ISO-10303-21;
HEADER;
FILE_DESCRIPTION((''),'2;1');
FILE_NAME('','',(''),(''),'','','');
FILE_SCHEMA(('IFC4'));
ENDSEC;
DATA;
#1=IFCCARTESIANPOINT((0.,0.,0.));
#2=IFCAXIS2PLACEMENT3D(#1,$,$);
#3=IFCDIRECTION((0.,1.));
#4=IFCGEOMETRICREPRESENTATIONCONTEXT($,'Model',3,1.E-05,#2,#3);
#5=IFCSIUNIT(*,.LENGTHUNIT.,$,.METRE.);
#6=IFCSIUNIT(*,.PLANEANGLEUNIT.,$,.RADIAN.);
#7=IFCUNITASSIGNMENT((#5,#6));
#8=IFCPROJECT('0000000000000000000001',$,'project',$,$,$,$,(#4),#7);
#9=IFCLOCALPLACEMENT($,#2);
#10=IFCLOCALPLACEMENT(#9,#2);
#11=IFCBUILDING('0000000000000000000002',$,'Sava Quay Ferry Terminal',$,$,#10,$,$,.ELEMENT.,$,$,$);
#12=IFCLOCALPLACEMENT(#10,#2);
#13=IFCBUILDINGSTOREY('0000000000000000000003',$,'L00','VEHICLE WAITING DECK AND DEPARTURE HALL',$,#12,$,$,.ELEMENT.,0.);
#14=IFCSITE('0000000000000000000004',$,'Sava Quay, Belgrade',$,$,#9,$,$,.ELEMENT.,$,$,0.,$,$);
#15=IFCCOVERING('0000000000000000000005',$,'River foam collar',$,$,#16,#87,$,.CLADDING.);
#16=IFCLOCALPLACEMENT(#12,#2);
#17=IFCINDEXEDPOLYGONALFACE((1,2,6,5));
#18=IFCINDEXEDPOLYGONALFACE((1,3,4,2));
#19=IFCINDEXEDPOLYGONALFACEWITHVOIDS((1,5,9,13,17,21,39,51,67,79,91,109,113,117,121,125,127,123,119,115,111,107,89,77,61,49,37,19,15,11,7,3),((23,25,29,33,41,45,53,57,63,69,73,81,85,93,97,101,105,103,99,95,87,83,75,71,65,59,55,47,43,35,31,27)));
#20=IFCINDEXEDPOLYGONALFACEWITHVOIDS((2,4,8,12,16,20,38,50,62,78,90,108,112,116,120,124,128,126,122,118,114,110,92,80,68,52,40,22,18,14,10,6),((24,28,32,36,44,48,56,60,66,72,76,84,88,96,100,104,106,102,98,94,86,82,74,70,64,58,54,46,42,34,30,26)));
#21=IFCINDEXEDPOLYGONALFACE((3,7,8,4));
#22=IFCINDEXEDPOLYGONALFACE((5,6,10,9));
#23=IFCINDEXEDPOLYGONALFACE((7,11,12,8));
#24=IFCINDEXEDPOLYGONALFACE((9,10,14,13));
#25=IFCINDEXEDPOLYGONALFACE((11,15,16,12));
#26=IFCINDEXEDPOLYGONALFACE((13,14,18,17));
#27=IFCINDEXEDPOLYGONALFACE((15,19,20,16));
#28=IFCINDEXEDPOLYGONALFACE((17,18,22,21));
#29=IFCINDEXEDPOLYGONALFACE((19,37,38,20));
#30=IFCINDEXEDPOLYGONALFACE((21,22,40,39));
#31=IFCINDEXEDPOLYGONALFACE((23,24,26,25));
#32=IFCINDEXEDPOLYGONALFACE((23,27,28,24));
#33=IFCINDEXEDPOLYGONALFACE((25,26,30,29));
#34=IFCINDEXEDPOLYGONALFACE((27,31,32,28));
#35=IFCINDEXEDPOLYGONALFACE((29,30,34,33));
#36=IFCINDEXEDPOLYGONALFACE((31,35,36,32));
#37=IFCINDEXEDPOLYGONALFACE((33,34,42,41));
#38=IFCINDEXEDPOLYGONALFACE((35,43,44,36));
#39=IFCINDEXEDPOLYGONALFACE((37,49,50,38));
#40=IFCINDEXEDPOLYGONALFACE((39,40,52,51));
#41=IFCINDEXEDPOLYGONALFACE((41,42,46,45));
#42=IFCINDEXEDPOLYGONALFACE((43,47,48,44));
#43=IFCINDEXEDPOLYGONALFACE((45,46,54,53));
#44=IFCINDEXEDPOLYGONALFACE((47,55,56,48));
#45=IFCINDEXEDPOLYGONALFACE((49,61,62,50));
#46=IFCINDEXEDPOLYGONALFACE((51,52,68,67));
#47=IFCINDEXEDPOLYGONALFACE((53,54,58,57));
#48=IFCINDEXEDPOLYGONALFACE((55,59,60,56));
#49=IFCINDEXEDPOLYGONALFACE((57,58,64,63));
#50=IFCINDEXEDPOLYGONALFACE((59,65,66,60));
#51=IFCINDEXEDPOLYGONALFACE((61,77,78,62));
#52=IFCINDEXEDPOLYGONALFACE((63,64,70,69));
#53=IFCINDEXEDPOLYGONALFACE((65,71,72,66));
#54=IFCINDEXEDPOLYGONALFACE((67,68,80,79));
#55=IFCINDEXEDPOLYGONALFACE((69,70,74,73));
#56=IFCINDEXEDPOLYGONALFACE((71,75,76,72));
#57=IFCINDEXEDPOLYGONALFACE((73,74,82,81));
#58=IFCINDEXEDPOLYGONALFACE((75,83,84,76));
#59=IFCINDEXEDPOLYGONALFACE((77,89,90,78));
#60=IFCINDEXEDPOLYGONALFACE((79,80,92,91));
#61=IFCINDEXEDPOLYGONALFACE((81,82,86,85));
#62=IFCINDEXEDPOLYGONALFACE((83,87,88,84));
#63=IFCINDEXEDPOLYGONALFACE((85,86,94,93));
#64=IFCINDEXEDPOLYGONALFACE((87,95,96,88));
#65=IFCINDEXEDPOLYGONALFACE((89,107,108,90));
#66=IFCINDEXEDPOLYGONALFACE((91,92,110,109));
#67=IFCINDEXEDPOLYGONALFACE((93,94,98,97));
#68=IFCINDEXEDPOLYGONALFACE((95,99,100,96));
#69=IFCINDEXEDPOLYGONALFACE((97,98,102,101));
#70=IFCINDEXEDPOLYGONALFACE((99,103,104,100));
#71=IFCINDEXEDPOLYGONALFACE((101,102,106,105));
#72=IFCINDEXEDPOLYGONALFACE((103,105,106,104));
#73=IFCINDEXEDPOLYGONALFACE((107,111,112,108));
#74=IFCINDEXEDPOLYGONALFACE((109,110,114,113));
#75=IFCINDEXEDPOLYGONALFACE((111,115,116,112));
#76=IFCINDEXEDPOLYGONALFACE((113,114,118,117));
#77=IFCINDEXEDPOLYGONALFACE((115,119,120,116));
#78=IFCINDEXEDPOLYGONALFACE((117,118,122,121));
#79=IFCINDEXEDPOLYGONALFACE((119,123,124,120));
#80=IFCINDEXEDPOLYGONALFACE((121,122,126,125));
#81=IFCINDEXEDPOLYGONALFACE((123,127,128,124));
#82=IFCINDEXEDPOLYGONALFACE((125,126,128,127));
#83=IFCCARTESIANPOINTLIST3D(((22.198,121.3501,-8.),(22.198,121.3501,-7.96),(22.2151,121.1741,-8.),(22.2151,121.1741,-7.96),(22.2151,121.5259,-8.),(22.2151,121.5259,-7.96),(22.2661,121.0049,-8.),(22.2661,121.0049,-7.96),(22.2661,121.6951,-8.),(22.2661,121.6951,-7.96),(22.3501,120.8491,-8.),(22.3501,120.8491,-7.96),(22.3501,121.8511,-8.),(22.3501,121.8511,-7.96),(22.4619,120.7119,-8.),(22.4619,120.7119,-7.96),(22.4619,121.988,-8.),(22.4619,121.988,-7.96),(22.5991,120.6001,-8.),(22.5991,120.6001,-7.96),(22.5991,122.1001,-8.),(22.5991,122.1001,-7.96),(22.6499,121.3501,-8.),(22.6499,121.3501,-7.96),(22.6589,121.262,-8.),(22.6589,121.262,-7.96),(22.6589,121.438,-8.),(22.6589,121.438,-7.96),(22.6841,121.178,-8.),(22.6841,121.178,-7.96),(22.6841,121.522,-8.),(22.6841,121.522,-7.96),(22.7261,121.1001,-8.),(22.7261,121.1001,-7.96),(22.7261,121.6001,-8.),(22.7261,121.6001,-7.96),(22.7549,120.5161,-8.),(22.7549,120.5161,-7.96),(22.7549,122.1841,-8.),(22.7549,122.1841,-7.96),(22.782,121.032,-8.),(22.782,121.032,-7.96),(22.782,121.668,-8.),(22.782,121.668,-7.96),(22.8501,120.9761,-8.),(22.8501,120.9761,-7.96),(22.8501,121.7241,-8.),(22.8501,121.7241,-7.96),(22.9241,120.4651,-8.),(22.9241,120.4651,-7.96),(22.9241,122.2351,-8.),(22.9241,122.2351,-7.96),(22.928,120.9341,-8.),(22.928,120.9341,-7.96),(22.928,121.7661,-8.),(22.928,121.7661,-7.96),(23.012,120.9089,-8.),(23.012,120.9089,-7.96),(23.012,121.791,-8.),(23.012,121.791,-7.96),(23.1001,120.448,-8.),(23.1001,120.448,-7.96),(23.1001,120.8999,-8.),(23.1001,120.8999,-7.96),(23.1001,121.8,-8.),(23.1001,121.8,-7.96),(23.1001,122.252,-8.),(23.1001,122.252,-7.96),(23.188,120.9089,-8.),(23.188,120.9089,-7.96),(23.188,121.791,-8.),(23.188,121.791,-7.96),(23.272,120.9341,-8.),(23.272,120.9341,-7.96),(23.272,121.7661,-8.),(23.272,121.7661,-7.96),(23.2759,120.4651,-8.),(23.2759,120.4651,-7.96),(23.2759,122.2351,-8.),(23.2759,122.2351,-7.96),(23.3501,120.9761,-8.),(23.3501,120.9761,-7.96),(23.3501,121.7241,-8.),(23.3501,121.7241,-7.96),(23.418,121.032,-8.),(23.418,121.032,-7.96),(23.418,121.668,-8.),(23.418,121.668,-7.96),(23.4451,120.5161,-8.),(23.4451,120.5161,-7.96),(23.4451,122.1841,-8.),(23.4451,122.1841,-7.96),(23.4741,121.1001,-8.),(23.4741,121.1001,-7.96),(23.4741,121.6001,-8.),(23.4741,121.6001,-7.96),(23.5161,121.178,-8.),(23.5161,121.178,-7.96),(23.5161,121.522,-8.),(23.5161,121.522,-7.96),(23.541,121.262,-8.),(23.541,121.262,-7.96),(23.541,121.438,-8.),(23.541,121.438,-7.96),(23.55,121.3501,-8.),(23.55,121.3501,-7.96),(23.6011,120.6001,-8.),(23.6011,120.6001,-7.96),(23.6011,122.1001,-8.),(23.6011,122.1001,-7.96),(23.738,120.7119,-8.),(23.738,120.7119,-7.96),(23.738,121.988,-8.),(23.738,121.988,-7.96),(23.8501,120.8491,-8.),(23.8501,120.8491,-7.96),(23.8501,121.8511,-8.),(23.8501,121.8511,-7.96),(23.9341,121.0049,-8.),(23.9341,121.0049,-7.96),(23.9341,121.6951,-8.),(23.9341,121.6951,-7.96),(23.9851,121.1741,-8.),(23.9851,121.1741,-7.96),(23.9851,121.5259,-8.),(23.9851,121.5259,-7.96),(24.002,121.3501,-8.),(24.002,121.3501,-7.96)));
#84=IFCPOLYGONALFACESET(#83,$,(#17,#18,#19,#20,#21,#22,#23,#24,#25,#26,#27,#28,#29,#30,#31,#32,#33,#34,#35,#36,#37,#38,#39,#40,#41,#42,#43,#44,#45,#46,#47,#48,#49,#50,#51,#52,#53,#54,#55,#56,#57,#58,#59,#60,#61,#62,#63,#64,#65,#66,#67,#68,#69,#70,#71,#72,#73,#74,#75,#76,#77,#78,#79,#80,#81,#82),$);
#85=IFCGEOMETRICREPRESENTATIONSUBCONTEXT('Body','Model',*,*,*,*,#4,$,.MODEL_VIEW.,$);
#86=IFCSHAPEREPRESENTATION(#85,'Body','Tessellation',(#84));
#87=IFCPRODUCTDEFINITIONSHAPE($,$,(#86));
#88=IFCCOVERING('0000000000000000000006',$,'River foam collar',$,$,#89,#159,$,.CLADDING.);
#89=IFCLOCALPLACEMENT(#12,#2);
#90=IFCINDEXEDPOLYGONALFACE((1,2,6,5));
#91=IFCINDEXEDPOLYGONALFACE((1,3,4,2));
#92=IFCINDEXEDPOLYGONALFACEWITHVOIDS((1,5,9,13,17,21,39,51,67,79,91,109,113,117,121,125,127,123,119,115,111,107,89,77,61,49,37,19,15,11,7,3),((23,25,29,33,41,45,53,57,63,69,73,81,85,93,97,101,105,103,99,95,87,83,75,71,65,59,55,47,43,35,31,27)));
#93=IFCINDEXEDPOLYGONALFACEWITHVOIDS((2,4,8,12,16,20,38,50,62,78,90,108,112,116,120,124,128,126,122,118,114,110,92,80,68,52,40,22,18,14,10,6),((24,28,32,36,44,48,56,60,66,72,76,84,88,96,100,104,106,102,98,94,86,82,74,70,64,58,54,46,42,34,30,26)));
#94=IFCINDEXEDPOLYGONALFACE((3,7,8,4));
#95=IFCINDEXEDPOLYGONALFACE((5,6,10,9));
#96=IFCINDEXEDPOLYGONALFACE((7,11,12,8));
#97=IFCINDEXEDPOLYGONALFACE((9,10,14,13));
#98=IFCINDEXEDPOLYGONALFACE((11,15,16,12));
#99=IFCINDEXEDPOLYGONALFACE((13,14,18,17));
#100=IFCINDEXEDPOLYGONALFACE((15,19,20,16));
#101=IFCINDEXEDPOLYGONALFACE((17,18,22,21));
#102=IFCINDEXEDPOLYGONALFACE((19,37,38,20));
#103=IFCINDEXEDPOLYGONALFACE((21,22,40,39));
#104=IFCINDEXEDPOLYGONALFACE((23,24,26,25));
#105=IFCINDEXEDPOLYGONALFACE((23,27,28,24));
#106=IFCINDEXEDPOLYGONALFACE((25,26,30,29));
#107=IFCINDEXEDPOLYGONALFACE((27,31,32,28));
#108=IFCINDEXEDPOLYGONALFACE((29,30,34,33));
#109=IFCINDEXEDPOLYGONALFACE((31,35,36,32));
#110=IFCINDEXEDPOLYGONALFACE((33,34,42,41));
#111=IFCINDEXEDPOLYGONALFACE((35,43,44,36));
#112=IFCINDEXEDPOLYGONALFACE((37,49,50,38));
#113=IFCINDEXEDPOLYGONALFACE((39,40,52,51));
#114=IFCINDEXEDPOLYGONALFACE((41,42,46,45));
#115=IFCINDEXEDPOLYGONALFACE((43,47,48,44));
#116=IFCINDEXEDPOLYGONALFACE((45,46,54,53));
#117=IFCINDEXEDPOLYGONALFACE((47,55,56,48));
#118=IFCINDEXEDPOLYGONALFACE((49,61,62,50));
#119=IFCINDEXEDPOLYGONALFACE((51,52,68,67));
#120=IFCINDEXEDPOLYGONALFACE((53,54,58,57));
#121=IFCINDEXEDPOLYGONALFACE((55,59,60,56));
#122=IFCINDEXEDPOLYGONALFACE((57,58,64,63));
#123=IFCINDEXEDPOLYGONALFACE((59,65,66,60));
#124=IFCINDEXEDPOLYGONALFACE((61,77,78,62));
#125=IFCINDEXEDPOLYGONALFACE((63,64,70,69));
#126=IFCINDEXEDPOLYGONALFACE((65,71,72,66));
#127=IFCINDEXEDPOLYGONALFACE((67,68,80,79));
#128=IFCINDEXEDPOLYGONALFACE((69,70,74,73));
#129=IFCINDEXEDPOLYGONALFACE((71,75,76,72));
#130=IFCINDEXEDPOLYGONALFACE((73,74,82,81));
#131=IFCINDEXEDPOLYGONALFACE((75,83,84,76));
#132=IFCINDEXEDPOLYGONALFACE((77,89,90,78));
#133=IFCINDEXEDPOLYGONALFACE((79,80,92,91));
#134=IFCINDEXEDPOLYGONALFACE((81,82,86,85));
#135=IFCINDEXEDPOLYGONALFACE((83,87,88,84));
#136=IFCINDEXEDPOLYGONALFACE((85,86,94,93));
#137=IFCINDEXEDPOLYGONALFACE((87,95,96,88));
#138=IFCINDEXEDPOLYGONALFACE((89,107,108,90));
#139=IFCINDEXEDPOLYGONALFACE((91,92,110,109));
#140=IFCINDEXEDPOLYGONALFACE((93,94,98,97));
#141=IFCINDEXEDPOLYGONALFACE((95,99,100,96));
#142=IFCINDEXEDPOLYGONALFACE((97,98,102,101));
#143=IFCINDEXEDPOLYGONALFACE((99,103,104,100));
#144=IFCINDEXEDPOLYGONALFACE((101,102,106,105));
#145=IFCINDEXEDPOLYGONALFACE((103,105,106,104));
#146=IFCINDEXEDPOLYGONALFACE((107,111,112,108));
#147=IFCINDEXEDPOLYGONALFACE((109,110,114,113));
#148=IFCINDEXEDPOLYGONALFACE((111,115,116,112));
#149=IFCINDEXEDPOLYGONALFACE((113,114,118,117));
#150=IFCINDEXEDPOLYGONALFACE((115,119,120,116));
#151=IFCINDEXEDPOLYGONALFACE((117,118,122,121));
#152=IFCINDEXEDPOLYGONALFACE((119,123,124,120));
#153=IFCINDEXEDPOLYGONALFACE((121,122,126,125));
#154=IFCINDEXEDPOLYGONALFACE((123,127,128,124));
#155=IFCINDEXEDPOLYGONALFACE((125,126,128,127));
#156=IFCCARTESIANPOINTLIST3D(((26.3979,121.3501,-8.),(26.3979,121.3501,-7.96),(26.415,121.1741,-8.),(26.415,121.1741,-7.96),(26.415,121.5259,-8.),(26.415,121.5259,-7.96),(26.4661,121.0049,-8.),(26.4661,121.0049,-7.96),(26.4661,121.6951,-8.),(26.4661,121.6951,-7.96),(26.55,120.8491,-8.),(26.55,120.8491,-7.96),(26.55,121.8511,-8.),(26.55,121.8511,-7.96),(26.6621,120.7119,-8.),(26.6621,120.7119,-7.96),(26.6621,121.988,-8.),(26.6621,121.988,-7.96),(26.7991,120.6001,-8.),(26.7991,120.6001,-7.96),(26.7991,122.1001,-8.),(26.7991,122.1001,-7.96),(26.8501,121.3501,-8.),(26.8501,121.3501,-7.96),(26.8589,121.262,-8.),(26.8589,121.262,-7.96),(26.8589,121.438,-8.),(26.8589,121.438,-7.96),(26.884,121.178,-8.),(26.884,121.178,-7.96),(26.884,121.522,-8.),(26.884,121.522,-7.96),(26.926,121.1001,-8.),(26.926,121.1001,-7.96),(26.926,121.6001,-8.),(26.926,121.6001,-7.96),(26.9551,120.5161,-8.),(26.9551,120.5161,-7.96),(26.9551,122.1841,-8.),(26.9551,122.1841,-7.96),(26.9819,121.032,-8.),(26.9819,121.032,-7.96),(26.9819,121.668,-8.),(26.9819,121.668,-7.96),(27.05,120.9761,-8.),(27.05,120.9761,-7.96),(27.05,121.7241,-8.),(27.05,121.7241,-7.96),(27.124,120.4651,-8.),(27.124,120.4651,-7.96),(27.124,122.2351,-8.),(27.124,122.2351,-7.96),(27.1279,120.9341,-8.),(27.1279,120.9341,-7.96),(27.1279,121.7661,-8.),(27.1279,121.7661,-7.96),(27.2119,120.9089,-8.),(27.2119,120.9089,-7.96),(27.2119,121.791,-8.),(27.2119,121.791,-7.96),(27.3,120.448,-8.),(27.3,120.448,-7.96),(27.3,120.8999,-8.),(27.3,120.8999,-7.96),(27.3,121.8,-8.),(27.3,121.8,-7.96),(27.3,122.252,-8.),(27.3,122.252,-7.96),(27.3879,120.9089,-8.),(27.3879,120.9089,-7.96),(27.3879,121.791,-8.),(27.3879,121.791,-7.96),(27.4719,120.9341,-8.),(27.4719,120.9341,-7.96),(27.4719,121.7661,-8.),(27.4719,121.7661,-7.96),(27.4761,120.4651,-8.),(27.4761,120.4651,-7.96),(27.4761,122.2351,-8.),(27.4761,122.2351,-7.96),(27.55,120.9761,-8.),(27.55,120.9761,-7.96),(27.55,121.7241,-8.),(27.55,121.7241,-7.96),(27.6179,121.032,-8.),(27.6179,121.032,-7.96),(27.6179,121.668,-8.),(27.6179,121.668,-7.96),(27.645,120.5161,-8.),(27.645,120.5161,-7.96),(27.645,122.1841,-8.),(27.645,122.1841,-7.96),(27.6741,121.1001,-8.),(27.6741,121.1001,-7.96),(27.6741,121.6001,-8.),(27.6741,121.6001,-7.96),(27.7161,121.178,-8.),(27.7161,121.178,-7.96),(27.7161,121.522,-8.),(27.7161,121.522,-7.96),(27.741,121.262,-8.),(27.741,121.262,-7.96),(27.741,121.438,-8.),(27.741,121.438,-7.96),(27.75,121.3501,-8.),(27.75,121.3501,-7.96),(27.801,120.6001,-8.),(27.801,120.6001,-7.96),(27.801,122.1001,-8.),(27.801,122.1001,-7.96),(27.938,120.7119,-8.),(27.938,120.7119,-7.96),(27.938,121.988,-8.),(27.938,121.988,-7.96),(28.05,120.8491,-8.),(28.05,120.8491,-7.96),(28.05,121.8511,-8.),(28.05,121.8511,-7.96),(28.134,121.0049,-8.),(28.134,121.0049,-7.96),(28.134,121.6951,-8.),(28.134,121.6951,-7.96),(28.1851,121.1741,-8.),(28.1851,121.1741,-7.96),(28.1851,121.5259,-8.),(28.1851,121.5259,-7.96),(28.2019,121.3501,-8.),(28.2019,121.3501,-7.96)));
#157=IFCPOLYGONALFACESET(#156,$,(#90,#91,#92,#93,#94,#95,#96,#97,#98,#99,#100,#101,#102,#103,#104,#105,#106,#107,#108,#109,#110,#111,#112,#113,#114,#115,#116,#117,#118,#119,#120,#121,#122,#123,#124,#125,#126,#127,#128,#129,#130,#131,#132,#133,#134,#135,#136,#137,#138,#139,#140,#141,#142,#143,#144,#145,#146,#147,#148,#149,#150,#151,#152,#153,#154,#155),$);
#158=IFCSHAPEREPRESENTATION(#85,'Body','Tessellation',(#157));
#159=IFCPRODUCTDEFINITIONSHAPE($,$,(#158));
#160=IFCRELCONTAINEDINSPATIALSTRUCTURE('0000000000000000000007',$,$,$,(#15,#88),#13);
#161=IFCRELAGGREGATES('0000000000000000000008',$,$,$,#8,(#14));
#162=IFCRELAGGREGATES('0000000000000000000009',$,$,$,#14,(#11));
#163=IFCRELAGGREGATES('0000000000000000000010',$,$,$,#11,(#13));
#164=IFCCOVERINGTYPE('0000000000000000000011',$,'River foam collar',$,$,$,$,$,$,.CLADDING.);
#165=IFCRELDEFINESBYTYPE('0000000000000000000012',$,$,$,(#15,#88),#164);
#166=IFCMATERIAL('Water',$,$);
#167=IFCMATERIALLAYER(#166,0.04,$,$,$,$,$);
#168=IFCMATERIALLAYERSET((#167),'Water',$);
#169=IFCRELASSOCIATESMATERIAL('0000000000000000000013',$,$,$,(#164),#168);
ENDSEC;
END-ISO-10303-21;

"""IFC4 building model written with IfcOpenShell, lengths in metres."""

from ifc_helpers import new_model, si_unit, direction, frame, origin, place, context, subcontext, project, spatial, polyline, outline, extrude, material, layer, layer_set, type_object, element, save


model = new_model("IFC4")

# Units and contexts
model_context = context("Model", 3, precision=1e-05, world=origin(), true_north=direction((0.0, 1.0)))
body_context = subcontext(model_context, "Body", "Model", "MODEL_VIEW")
ifc_project = project(units=[si_unit("LENGTHUNIT", "METRE"), si_unit("PLANEANGLEUNIT", "RADIAN")], contexts=[model_context])

# Site, building, storey
site_placement = place(None, origin())
site = spatial("IfcSite", under=ifc_project, at=site_placement, Name="Sava Quay, Belgrade", CompositionType="ELEMENT", RefElevation=0.0)
building_placement = place(site_placement, origin())
building = spatial("IfcBuilding", under=site, at=building_placement, Name="Sava Quay Ferry Terminal", CompositionType="ELEMENT")
storey_placement = place(building_placement, origin())
storey = spatial("IfcBuildingStorey", under=building, at=storey_placement, Name="L00", Description="VEHICLE WAITING DECK AND DEPARTURE HALL", CompositionType="ELEMENT", Elevation=0.0)

# Coverings
ifc_material = material(Name="Water")
ifc_layer = layer(ifc_material, 0.04)
ifc_layer_set = layer_set([ifc_layer], Name="Water")
covering_type = type_object("IfcCoveringType", Name="River foam collar", PredefinedType="CLADDING", material=ifc_layer_set)
covering_1_placement = place(storey_placement, frame((0.0, 0.0, -8.0)))
element("IfcCovering", 1, at=covering_1_placement, inside=storey, type_object=covering_type, Name="River foam collar", PredefinedType="CLADDING", context=body_context, shape_type="SweptSolid", body=[
    extrude(outline(polyline([(22.3501, 121.8511), (22.2661, 121.6951), (22.2151, 121.5259), (22.198, 121.3501), (22.2151, 121.1741), (22.2661, 121.0049), (22.3501, 120.8491), (22.4619, 120.7119), (22.5991, 120.6001), (22.7549, 120.5161), (22.9241, 120.4651), (23.1001, 120.448), (23.2759, 120.4651), (23.4451, 120.5161), (23.6011, 120.6001), (23.738, 120.7119), (23.8501, 120.8491), (23.9341, 121.0049), (23.9851, 121.1741), (24.002, 121.3501), (23.9851, 121.5259), (23.9341, 121.6951), (23.8501, 121.8511), (23.738, 121.988), (23.6011, 122.1001), (23.4451, 122.1841), (23.2759, 122.2351), (23.1001, 122.252), (22.9241, 122.2351), (22.7549, 122.1841), (22.5991, 122.1001), (22.4619, 121.988), (22.3501, 121.8511)]), holes=[polyline([(22.7261, 121.1001), (22.6841, 121.178), (22.6589, 121.262), (22.6499, 121.3501), (22.6589, 121.438), (22.6841, 121.522), (22.7261, 121.6001), (22.782, 121.668), (22.8501, 121.7241), (22.928, 121.7661), (23.012, 121.791), (23.1001, 121.8), (23.188, 121.791), (23.272, 121.7661), (23.3501, 121.7241), (23.418, 121.668), (23.4741, 121.6001), (23.5161, 121.522), (23.541, 121.438), (23.55, 121.3501), (23.541, 121.262), (23.5161, 121.178), (23.4741, 121.1001), (23.418, 121.032), (23.3501, 120.9761), (23.272, 120.9341), (23.188, 120.9089), (23.1001, 120.8999), (23.012, 120.9089), (22.928, 120.9341), (22.8501, 120.9761), (22.782, 121.032), (22.7261, 121.1001)])]), origin(), (0.0, 0.0, 1.0), 0.04),
])
covering_2_placement = place(storey_placement, frame((0.0, 0.0, -8.0)))
element("IfcCovering", 2, at=covering_2_placement, inside=storey, type_object=covering_type, Name="River foam collar", PredefinedType="CLADDING", context=body_context, shape_type="SweptSolid", body=[
    extrude(outline(polyline([(26.6621, 121.988), (26.55, 121.8511), (26.4661, 121.6951), (26.415, 121.5259), (26.3979, 121.3501), (26.415, 121.1741), (26.4661, 121.0049), (26.55, 120.8491), (26.6621, 120.7119), (26.7991, 120.6001), (26.9551, 120.5161), (27.124, 120.4651), (27.3, 120.448), (27.4761, 120.4651), (27.645, 120.5161), (27.801, 120.6001), (27.938, 120.7119), (28.05, 120.8491), (28.134, 121.0049), (28.1851, 121.1741), (28.2019, 121.3501), (28.1851, 121.5259), (28.134, 121.6951), (28.05, 121.8511), (27.938, 121.988), (27.801, 122.1001), (27.645, 122.1841), (27.4761, 122.2351), (27.3, 122.252), (27.124, 122.2351), (26.9551, 122.1841), (26.7991, 122.1001), (26.6621, 121.988)]), holes=[polyline([(26.9819, 121.032), (26.926, 121.1001), (26.884, 121.178), (26.8589, 121.262), (26.8501, 121.3501), (26.8589, 121.438), (26.884, 121.522), (26.926, 121.6001), (26.9819, 121.668), (27.05, 121.7241), (27.1279, 121.7661), (27.2119, 121.791), (27.3, 121.8), (27.3879, 121.791), (27.4719, 121.7661), (27.55, 121.7241), (27.6179, 121.668), (27.6741, 121.6001), (27.7161, 121.522), (27.741, 121.438), (27.75, 121.3501), (27.741, 121.262), (27.7161, 121.178), (27.6741, 121.1001), (27.6179, 121.032), (27.55, 120.9761), (27.4719, 120.9341), (27.3879, 120.9089), (27.3, 120.8999), (27.2119, 120.9089), (27.1279, 120.9341), (27.05, 120.9761), (26.9819, 121.032)])]), origin(), (0.0, 0.0, 1.0), 0.04),
])

save(model, "model.ifc")
